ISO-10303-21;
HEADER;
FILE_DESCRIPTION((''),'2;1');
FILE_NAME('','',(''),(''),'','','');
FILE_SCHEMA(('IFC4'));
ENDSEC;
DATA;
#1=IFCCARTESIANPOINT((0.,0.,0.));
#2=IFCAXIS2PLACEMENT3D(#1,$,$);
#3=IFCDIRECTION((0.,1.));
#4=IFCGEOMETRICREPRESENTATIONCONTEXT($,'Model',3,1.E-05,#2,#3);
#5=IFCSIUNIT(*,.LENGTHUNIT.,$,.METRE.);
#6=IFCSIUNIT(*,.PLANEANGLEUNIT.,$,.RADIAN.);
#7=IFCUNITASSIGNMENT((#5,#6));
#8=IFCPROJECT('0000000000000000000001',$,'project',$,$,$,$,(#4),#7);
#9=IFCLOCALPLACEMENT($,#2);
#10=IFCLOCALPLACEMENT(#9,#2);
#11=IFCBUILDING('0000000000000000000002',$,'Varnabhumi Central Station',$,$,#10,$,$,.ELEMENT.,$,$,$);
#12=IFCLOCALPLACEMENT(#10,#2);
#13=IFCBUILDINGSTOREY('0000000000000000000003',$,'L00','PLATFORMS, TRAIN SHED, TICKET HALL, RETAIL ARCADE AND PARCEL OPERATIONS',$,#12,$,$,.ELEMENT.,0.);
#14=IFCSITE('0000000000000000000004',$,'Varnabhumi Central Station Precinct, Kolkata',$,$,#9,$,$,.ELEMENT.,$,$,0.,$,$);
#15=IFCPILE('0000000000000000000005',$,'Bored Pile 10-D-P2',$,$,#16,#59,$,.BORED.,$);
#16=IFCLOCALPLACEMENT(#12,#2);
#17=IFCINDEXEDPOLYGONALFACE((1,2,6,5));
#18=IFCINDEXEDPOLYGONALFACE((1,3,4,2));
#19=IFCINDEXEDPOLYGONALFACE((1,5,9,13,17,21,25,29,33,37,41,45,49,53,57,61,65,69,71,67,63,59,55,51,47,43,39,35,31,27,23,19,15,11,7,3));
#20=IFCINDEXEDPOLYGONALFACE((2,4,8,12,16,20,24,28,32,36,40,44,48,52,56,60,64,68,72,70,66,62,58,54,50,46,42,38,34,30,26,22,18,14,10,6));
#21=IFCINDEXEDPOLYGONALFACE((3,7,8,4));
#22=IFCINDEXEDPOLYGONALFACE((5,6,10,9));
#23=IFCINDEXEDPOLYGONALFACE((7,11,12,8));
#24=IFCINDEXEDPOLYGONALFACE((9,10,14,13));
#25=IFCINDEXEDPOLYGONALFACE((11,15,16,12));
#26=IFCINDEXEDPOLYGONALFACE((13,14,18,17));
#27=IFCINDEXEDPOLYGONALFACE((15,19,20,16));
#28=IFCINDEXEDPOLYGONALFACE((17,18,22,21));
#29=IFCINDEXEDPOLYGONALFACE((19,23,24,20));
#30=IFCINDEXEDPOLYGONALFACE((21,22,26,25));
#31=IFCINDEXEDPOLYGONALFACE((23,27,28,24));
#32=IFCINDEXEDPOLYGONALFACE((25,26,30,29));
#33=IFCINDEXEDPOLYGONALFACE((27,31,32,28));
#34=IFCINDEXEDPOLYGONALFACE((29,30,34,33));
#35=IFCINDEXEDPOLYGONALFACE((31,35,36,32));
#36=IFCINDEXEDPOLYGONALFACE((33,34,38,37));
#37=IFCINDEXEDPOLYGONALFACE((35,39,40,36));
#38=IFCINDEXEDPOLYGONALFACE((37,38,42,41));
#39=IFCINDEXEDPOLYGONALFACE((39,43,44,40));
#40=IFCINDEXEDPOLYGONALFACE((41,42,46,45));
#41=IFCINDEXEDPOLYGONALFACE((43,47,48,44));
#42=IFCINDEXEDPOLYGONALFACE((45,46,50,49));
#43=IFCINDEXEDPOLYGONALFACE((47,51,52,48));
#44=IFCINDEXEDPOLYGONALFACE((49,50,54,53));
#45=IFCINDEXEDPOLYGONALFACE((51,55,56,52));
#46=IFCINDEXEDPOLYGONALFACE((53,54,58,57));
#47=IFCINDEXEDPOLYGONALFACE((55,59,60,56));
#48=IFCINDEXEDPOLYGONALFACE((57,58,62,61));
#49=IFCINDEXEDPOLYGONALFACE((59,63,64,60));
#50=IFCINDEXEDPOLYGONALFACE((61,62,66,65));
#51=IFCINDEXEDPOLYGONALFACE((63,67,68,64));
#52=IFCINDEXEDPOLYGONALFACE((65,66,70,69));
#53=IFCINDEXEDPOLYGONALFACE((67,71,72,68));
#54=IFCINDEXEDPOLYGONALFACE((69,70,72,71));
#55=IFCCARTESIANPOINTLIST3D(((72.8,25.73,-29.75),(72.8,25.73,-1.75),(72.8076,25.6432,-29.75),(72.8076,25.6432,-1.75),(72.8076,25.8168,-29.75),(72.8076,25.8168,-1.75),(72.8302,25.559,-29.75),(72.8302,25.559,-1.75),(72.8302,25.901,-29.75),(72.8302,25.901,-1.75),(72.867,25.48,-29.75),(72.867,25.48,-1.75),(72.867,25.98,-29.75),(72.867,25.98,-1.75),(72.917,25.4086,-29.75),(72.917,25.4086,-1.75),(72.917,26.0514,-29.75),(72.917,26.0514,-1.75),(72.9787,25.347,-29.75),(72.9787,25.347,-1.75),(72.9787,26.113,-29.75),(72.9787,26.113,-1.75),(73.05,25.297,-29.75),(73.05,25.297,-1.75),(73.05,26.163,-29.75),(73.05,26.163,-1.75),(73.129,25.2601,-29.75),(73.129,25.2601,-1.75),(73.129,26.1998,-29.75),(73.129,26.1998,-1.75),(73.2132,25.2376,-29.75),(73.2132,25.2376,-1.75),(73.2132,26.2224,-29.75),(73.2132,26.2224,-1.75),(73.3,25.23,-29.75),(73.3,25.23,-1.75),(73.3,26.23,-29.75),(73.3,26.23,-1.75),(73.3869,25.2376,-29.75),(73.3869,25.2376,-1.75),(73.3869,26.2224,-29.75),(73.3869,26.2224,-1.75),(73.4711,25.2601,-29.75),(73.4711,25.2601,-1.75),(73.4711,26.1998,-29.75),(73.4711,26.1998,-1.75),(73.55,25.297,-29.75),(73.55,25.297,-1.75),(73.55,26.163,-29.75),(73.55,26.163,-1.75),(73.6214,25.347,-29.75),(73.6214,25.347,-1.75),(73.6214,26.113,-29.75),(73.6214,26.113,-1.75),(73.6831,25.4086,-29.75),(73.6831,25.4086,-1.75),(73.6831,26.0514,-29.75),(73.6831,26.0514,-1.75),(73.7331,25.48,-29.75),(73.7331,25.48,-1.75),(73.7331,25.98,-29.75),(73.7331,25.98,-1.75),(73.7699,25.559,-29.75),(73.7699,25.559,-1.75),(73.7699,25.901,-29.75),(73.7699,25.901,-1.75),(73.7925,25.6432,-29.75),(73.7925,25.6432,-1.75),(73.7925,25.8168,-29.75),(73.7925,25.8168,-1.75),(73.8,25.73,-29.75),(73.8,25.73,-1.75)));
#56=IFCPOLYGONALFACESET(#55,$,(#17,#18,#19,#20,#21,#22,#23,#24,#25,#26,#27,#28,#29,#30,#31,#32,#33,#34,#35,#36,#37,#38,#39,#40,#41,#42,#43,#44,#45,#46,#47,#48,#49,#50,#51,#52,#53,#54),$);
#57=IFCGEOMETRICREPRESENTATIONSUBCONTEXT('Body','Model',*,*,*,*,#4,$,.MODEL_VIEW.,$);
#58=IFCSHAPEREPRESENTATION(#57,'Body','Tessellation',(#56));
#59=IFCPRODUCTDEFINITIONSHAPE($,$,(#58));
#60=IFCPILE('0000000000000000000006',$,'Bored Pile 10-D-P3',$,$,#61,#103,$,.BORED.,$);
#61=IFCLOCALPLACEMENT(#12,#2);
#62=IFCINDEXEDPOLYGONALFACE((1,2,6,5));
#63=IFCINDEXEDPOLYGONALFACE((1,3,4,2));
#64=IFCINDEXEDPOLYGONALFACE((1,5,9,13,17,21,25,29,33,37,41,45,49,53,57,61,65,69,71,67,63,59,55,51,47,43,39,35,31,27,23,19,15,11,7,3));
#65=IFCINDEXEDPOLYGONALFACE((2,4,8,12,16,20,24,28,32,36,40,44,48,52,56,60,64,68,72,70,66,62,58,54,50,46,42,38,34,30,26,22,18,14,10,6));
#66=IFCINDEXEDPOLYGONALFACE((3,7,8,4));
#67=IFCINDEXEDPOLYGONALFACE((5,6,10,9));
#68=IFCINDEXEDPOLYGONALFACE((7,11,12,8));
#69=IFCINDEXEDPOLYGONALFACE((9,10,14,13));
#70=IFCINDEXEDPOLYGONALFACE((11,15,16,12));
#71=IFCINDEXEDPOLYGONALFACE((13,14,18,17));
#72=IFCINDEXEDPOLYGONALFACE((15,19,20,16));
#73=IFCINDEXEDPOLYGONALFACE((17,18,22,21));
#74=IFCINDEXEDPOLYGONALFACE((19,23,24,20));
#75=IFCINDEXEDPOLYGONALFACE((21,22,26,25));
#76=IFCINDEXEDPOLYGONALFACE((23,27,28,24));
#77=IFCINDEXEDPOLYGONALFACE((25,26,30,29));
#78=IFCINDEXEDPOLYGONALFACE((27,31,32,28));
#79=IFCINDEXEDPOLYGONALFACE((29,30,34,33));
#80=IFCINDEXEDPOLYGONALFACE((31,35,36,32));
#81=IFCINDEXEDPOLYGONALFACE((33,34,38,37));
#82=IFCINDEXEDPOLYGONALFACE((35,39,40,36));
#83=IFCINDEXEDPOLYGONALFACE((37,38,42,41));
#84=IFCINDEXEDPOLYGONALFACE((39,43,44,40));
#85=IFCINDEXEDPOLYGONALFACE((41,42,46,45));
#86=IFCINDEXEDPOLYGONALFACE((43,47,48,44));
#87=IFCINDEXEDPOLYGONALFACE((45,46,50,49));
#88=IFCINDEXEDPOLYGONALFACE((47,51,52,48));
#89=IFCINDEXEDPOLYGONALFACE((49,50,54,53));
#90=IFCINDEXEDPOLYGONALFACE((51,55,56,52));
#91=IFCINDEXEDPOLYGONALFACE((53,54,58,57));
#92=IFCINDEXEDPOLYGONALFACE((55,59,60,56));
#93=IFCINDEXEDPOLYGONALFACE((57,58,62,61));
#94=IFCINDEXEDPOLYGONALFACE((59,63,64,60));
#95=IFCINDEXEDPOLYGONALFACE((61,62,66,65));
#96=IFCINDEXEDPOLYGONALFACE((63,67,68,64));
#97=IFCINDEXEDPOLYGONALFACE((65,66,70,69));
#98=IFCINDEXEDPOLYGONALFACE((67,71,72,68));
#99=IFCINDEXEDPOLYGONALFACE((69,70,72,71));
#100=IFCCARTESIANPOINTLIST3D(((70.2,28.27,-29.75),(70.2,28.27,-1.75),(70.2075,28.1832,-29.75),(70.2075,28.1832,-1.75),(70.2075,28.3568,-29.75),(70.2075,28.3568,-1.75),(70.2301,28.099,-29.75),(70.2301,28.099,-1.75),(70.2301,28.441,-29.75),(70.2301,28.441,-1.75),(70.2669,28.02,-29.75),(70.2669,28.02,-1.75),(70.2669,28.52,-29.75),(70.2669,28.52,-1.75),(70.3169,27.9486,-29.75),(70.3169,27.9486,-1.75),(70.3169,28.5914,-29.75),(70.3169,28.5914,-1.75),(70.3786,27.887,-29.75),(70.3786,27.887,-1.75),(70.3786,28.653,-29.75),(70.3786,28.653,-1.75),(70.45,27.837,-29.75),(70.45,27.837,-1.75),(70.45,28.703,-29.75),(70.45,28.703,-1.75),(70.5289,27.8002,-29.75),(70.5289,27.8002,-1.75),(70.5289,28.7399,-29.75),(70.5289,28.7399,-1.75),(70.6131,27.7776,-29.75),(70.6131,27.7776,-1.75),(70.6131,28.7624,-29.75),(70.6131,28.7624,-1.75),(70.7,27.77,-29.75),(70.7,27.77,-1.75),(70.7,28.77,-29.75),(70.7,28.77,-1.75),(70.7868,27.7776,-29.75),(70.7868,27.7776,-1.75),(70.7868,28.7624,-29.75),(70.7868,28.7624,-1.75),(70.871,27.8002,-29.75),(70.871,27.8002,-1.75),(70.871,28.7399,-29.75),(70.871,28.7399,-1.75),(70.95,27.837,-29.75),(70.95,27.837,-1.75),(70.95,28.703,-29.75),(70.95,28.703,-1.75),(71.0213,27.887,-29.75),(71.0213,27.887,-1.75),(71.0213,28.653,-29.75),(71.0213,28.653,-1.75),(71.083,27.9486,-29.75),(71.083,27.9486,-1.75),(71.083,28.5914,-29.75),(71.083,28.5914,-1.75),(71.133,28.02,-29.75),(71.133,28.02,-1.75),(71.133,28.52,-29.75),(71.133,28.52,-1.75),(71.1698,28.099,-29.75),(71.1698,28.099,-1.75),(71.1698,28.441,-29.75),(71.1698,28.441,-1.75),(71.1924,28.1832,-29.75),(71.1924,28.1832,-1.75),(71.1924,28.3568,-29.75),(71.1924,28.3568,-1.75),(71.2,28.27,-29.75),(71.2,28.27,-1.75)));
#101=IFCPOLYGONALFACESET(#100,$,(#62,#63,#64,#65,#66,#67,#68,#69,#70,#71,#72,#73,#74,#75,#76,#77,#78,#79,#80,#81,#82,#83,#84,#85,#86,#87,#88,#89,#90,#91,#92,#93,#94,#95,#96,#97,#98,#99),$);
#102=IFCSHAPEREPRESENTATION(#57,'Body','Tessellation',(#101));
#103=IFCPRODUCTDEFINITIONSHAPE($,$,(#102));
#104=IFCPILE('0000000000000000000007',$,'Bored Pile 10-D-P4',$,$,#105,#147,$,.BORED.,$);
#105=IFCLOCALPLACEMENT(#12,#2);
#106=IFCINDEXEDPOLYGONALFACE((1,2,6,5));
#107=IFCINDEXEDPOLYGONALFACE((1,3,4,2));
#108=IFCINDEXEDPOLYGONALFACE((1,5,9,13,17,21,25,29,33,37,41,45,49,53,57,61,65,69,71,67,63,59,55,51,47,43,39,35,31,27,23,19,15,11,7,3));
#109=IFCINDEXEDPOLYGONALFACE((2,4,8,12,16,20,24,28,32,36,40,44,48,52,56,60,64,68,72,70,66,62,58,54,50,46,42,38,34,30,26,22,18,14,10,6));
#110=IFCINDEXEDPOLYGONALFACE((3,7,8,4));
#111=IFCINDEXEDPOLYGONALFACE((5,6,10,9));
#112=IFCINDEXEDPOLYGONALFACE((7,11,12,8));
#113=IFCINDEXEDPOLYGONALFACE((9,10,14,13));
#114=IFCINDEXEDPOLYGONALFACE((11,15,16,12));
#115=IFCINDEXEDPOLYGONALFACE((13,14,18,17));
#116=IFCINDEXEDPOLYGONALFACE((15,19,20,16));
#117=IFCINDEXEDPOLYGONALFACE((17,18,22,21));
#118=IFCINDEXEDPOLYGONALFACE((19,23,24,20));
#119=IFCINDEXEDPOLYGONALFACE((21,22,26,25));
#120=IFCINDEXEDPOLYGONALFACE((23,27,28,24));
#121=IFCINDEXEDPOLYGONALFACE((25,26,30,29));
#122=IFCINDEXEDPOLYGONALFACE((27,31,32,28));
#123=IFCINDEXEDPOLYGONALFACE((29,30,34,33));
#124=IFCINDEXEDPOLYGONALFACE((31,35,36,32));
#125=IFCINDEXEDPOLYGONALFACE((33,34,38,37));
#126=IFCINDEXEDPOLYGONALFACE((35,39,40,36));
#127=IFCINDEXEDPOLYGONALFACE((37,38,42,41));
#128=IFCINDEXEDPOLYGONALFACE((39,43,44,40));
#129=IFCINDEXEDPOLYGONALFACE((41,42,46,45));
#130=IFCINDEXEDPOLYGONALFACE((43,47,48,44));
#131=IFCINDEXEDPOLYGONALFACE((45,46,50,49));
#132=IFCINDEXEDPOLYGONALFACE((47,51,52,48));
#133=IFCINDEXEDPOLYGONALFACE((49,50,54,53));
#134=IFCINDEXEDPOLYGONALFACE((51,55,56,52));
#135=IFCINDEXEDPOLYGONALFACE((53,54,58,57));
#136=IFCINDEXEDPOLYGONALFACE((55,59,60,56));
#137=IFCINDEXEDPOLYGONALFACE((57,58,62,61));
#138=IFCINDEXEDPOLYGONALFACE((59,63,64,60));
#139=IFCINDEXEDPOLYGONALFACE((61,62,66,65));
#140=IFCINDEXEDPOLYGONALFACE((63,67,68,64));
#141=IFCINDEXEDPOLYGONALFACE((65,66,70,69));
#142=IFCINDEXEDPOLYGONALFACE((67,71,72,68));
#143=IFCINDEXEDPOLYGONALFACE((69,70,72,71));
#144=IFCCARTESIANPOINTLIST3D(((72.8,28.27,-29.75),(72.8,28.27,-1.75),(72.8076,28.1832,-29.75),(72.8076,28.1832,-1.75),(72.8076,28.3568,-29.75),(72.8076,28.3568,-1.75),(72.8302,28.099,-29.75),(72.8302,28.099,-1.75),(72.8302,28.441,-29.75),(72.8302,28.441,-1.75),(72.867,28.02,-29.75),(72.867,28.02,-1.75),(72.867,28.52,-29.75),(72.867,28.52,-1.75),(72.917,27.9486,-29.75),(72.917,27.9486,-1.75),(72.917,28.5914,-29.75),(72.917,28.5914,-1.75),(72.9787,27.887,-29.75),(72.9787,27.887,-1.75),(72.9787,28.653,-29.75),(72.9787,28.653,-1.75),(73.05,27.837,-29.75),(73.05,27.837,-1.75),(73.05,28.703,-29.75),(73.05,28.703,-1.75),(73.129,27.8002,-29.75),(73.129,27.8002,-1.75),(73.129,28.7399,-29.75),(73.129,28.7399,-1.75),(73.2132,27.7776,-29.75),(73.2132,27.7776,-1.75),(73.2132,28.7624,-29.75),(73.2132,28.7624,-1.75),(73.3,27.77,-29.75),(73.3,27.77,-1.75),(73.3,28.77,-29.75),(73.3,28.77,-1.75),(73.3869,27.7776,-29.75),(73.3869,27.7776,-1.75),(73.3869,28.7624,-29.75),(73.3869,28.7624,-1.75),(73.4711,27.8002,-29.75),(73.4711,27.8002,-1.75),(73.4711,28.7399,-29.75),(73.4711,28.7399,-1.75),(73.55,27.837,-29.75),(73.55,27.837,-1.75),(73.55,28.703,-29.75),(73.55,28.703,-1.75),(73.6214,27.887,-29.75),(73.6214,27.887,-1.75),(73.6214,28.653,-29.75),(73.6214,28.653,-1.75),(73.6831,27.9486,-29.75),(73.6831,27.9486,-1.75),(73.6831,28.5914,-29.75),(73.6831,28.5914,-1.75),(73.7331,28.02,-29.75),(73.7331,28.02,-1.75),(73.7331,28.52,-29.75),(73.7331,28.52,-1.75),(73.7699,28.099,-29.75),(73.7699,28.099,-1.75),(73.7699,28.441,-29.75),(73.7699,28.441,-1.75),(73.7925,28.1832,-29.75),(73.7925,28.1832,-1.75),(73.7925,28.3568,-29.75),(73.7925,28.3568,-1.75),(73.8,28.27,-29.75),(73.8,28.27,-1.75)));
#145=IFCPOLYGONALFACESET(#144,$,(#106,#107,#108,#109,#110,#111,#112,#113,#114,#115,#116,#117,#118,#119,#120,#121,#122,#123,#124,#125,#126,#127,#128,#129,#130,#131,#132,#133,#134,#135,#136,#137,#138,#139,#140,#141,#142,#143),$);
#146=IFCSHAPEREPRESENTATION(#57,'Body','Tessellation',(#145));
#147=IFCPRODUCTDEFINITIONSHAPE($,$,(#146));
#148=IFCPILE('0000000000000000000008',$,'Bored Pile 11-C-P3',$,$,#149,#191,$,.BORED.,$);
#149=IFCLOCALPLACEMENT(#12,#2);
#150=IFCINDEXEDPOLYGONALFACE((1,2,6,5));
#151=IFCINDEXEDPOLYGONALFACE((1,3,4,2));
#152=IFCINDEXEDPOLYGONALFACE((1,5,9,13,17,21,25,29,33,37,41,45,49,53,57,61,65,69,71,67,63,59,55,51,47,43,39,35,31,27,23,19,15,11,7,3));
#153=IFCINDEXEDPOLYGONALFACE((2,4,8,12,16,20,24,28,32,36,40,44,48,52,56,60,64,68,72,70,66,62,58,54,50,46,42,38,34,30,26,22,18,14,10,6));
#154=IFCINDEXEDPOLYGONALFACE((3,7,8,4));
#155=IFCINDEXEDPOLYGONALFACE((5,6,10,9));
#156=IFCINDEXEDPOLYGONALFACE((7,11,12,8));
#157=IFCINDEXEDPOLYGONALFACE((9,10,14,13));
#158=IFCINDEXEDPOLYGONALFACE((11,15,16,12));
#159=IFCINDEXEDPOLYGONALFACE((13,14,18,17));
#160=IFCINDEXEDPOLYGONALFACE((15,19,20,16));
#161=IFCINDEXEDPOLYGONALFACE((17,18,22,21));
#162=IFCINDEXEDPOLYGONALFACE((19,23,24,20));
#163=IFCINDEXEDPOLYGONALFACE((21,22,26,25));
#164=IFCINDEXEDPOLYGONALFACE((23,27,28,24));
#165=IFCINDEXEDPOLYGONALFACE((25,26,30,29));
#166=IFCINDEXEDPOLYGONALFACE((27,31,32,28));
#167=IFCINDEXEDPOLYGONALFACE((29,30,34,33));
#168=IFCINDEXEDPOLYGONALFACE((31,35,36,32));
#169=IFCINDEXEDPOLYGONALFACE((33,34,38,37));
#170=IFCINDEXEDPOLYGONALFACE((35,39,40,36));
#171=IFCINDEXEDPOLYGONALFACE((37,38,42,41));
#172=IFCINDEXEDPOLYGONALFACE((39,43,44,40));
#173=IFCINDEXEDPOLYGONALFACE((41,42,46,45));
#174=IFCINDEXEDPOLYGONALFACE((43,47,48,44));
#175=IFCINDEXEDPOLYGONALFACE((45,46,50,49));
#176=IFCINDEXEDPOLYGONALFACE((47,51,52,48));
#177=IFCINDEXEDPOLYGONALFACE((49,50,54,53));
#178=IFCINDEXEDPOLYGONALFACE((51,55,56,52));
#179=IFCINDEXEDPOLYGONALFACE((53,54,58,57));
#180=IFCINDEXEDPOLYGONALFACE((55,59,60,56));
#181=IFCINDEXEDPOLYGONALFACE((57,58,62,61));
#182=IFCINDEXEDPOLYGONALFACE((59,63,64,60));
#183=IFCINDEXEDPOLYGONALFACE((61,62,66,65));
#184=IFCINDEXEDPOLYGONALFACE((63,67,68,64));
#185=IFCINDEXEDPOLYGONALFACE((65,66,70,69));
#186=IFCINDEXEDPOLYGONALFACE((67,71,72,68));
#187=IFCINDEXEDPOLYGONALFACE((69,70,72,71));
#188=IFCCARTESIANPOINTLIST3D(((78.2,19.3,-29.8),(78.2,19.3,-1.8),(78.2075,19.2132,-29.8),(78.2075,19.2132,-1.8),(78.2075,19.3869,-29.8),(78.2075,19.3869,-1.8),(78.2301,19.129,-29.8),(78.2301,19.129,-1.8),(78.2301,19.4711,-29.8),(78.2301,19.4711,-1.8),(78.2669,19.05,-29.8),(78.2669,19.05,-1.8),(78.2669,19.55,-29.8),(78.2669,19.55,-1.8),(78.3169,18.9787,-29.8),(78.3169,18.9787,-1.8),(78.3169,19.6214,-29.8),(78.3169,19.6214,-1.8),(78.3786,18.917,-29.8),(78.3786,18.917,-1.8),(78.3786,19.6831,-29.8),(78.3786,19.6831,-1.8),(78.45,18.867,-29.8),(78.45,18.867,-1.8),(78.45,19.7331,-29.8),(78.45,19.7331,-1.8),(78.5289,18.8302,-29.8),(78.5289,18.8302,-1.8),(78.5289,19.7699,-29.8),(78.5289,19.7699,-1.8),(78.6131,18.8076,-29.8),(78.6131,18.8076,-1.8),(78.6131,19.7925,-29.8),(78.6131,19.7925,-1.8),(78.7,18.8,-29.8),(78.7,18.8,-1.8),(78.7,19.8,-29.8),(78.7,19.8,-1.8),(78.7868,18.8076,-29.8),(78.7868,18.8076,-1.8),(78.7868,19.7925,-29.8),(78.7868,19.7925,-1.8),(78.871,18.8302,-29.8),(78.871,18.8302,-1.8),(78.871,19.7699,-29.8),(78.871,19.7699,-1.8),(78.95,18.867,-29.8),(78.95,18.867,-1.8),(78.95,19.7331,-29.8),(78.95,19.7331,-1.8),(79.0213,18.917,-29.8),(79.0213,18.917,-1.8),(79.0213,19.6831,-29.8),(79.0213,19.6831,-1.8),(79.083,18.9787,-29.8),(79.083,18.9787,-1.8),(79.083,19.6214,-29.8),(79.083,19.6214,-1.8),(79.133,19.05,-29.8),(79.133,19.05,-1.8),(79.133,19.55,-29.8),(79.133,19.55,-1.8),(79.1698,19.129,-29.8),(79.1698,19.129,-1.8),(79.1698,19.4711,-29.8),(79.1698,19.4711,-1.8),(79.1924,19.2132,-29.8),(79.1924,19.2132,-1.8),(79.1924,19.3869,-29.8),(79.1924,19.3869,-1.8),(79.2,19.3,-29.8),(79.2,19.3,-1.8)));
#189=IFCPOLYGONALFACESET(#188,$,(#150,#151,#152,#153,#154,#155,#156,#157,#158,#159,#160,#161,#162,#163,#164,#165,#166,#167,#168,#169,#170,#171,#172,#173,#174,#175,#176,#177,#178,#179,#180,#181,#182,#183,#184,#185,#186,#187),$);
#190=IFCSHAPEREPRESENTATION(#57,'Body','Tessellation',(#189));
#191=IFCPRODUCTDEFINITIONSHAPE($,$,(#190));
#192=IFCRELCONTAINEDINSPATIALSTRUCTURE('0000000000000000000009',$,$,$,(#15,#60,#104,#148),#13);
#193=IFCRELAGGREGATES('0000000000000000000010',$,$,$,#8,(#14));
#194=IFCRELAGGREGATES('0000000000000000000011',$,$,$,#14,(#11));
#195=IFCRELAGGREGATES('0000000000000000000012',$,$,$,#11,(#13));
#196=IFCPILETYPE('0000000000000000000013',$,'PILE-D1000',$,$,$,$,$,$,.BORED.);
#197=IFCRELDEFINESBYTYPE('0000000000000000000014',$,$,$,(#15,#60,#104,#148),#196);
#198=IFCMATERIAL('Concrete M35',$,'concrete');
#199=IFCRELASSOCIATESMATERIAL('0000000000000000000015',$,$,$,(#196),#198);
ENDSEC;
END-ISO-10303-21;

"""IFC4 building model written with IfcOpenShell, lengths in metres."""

from ifc_helpers import new_model, si_unit, direction, frame, origin, origin_2d, place, context, subcontext, project, spatial, circle, extrude, material, material_profile, profile_set, type_object, element, save


model = new_model("IFC4")

# Units and contexts
model_context = context("Model", 3, precision=1e-05, world=origin(), true_north=direction((0.0, 1.0)))
body_context = subcontext(model_context, "Body", "Model", "MODEL_VIEW")
ifc_project = project(units=[si_unit("LENGTHUNIT", "METRE"), si_unit("PLANEANGLEUNIT", "RADIAN")], contexts=[model_context])

# Site, building, storey
site_placement = place(None, origin())
site = spatial("IfcSite", under=ifc_project, at=site_placement, Name="Varnabhumi Central Station Precinct, Kolkata", CompositionType="ELEMENT", RefElevation=0.0)
building_placement = place(site_placement, origin())
building = spatial("IfcBuilding", under=site, at=building_placement, Name="Varnabhumi Central Station", CompositionType="ELEMENT")
storey_placement = place(building_placement, origin())
storey = spatial("IfcBuildingStorey", under=building, at=storey_placement, Name="L00", Description="PLATFORMS, TRAIN SHED, TICKET HALL, RETAIL ARCADE AND PARCEL OPERATIONS", CompositionType="ELEMENT", Elevation=0.0)

# Piles
ifc_material_1 = material(Name="Concrete M35", Category="concrete")
ifc_material_profile_1 = material_profile(ifc_material_1, circle(Radius=0.5, at=origin_2d()), Name="Concrete M35", Category="concrete")
ifc_profile_set_1 = profile_set([ifc_material_profile_1], Name="Concrete M35")
pile_type = type_object("IfcPileType", Name="PILE-D1000", PredefinedType="BORED", material=ifc_profile_set_1)
for number, where, z_axis, x_axis, name in (
    (1, (73.3, 25.73, -1.75), (0.0, 0.0, -1.0), (1.0, 0.0, 0.0), "Bored Pile 10-D-P2"),
    (2, (70.7, 28.27, -1.75), (0.0, 0.0, -1.0), (1.0, 0.0, 0.0), "Bored Pile 10-D-P3"),
    (3, (73.3, 28.27, -1.75), (0.0, 0.0, -1.0), (1.0, 0.0, 0.0), "Bored Pile 10-D-P4"),
    (4, (78.7, 19.3, -1.8), (0.0, 0.0, -1.0), (1.0, 0.0, 0.0), "Bored Pile 11-C-P3"),
):
    element("IfcPile", number, at=place(storey_placement, frame(where, z_axis=z_axis, x_axis=x_axis)), inside=storey, type_object=pile_type, Name=name, PredefinedType="BORED", context=body_context, shape_type="SweptSolid", body=[
        extrude(circle(Radius=0.5, at=origin_2d()), origin(), (0.0, 0.0, 1.0), 28.0),
    ])

save(model, "model.ifc")
